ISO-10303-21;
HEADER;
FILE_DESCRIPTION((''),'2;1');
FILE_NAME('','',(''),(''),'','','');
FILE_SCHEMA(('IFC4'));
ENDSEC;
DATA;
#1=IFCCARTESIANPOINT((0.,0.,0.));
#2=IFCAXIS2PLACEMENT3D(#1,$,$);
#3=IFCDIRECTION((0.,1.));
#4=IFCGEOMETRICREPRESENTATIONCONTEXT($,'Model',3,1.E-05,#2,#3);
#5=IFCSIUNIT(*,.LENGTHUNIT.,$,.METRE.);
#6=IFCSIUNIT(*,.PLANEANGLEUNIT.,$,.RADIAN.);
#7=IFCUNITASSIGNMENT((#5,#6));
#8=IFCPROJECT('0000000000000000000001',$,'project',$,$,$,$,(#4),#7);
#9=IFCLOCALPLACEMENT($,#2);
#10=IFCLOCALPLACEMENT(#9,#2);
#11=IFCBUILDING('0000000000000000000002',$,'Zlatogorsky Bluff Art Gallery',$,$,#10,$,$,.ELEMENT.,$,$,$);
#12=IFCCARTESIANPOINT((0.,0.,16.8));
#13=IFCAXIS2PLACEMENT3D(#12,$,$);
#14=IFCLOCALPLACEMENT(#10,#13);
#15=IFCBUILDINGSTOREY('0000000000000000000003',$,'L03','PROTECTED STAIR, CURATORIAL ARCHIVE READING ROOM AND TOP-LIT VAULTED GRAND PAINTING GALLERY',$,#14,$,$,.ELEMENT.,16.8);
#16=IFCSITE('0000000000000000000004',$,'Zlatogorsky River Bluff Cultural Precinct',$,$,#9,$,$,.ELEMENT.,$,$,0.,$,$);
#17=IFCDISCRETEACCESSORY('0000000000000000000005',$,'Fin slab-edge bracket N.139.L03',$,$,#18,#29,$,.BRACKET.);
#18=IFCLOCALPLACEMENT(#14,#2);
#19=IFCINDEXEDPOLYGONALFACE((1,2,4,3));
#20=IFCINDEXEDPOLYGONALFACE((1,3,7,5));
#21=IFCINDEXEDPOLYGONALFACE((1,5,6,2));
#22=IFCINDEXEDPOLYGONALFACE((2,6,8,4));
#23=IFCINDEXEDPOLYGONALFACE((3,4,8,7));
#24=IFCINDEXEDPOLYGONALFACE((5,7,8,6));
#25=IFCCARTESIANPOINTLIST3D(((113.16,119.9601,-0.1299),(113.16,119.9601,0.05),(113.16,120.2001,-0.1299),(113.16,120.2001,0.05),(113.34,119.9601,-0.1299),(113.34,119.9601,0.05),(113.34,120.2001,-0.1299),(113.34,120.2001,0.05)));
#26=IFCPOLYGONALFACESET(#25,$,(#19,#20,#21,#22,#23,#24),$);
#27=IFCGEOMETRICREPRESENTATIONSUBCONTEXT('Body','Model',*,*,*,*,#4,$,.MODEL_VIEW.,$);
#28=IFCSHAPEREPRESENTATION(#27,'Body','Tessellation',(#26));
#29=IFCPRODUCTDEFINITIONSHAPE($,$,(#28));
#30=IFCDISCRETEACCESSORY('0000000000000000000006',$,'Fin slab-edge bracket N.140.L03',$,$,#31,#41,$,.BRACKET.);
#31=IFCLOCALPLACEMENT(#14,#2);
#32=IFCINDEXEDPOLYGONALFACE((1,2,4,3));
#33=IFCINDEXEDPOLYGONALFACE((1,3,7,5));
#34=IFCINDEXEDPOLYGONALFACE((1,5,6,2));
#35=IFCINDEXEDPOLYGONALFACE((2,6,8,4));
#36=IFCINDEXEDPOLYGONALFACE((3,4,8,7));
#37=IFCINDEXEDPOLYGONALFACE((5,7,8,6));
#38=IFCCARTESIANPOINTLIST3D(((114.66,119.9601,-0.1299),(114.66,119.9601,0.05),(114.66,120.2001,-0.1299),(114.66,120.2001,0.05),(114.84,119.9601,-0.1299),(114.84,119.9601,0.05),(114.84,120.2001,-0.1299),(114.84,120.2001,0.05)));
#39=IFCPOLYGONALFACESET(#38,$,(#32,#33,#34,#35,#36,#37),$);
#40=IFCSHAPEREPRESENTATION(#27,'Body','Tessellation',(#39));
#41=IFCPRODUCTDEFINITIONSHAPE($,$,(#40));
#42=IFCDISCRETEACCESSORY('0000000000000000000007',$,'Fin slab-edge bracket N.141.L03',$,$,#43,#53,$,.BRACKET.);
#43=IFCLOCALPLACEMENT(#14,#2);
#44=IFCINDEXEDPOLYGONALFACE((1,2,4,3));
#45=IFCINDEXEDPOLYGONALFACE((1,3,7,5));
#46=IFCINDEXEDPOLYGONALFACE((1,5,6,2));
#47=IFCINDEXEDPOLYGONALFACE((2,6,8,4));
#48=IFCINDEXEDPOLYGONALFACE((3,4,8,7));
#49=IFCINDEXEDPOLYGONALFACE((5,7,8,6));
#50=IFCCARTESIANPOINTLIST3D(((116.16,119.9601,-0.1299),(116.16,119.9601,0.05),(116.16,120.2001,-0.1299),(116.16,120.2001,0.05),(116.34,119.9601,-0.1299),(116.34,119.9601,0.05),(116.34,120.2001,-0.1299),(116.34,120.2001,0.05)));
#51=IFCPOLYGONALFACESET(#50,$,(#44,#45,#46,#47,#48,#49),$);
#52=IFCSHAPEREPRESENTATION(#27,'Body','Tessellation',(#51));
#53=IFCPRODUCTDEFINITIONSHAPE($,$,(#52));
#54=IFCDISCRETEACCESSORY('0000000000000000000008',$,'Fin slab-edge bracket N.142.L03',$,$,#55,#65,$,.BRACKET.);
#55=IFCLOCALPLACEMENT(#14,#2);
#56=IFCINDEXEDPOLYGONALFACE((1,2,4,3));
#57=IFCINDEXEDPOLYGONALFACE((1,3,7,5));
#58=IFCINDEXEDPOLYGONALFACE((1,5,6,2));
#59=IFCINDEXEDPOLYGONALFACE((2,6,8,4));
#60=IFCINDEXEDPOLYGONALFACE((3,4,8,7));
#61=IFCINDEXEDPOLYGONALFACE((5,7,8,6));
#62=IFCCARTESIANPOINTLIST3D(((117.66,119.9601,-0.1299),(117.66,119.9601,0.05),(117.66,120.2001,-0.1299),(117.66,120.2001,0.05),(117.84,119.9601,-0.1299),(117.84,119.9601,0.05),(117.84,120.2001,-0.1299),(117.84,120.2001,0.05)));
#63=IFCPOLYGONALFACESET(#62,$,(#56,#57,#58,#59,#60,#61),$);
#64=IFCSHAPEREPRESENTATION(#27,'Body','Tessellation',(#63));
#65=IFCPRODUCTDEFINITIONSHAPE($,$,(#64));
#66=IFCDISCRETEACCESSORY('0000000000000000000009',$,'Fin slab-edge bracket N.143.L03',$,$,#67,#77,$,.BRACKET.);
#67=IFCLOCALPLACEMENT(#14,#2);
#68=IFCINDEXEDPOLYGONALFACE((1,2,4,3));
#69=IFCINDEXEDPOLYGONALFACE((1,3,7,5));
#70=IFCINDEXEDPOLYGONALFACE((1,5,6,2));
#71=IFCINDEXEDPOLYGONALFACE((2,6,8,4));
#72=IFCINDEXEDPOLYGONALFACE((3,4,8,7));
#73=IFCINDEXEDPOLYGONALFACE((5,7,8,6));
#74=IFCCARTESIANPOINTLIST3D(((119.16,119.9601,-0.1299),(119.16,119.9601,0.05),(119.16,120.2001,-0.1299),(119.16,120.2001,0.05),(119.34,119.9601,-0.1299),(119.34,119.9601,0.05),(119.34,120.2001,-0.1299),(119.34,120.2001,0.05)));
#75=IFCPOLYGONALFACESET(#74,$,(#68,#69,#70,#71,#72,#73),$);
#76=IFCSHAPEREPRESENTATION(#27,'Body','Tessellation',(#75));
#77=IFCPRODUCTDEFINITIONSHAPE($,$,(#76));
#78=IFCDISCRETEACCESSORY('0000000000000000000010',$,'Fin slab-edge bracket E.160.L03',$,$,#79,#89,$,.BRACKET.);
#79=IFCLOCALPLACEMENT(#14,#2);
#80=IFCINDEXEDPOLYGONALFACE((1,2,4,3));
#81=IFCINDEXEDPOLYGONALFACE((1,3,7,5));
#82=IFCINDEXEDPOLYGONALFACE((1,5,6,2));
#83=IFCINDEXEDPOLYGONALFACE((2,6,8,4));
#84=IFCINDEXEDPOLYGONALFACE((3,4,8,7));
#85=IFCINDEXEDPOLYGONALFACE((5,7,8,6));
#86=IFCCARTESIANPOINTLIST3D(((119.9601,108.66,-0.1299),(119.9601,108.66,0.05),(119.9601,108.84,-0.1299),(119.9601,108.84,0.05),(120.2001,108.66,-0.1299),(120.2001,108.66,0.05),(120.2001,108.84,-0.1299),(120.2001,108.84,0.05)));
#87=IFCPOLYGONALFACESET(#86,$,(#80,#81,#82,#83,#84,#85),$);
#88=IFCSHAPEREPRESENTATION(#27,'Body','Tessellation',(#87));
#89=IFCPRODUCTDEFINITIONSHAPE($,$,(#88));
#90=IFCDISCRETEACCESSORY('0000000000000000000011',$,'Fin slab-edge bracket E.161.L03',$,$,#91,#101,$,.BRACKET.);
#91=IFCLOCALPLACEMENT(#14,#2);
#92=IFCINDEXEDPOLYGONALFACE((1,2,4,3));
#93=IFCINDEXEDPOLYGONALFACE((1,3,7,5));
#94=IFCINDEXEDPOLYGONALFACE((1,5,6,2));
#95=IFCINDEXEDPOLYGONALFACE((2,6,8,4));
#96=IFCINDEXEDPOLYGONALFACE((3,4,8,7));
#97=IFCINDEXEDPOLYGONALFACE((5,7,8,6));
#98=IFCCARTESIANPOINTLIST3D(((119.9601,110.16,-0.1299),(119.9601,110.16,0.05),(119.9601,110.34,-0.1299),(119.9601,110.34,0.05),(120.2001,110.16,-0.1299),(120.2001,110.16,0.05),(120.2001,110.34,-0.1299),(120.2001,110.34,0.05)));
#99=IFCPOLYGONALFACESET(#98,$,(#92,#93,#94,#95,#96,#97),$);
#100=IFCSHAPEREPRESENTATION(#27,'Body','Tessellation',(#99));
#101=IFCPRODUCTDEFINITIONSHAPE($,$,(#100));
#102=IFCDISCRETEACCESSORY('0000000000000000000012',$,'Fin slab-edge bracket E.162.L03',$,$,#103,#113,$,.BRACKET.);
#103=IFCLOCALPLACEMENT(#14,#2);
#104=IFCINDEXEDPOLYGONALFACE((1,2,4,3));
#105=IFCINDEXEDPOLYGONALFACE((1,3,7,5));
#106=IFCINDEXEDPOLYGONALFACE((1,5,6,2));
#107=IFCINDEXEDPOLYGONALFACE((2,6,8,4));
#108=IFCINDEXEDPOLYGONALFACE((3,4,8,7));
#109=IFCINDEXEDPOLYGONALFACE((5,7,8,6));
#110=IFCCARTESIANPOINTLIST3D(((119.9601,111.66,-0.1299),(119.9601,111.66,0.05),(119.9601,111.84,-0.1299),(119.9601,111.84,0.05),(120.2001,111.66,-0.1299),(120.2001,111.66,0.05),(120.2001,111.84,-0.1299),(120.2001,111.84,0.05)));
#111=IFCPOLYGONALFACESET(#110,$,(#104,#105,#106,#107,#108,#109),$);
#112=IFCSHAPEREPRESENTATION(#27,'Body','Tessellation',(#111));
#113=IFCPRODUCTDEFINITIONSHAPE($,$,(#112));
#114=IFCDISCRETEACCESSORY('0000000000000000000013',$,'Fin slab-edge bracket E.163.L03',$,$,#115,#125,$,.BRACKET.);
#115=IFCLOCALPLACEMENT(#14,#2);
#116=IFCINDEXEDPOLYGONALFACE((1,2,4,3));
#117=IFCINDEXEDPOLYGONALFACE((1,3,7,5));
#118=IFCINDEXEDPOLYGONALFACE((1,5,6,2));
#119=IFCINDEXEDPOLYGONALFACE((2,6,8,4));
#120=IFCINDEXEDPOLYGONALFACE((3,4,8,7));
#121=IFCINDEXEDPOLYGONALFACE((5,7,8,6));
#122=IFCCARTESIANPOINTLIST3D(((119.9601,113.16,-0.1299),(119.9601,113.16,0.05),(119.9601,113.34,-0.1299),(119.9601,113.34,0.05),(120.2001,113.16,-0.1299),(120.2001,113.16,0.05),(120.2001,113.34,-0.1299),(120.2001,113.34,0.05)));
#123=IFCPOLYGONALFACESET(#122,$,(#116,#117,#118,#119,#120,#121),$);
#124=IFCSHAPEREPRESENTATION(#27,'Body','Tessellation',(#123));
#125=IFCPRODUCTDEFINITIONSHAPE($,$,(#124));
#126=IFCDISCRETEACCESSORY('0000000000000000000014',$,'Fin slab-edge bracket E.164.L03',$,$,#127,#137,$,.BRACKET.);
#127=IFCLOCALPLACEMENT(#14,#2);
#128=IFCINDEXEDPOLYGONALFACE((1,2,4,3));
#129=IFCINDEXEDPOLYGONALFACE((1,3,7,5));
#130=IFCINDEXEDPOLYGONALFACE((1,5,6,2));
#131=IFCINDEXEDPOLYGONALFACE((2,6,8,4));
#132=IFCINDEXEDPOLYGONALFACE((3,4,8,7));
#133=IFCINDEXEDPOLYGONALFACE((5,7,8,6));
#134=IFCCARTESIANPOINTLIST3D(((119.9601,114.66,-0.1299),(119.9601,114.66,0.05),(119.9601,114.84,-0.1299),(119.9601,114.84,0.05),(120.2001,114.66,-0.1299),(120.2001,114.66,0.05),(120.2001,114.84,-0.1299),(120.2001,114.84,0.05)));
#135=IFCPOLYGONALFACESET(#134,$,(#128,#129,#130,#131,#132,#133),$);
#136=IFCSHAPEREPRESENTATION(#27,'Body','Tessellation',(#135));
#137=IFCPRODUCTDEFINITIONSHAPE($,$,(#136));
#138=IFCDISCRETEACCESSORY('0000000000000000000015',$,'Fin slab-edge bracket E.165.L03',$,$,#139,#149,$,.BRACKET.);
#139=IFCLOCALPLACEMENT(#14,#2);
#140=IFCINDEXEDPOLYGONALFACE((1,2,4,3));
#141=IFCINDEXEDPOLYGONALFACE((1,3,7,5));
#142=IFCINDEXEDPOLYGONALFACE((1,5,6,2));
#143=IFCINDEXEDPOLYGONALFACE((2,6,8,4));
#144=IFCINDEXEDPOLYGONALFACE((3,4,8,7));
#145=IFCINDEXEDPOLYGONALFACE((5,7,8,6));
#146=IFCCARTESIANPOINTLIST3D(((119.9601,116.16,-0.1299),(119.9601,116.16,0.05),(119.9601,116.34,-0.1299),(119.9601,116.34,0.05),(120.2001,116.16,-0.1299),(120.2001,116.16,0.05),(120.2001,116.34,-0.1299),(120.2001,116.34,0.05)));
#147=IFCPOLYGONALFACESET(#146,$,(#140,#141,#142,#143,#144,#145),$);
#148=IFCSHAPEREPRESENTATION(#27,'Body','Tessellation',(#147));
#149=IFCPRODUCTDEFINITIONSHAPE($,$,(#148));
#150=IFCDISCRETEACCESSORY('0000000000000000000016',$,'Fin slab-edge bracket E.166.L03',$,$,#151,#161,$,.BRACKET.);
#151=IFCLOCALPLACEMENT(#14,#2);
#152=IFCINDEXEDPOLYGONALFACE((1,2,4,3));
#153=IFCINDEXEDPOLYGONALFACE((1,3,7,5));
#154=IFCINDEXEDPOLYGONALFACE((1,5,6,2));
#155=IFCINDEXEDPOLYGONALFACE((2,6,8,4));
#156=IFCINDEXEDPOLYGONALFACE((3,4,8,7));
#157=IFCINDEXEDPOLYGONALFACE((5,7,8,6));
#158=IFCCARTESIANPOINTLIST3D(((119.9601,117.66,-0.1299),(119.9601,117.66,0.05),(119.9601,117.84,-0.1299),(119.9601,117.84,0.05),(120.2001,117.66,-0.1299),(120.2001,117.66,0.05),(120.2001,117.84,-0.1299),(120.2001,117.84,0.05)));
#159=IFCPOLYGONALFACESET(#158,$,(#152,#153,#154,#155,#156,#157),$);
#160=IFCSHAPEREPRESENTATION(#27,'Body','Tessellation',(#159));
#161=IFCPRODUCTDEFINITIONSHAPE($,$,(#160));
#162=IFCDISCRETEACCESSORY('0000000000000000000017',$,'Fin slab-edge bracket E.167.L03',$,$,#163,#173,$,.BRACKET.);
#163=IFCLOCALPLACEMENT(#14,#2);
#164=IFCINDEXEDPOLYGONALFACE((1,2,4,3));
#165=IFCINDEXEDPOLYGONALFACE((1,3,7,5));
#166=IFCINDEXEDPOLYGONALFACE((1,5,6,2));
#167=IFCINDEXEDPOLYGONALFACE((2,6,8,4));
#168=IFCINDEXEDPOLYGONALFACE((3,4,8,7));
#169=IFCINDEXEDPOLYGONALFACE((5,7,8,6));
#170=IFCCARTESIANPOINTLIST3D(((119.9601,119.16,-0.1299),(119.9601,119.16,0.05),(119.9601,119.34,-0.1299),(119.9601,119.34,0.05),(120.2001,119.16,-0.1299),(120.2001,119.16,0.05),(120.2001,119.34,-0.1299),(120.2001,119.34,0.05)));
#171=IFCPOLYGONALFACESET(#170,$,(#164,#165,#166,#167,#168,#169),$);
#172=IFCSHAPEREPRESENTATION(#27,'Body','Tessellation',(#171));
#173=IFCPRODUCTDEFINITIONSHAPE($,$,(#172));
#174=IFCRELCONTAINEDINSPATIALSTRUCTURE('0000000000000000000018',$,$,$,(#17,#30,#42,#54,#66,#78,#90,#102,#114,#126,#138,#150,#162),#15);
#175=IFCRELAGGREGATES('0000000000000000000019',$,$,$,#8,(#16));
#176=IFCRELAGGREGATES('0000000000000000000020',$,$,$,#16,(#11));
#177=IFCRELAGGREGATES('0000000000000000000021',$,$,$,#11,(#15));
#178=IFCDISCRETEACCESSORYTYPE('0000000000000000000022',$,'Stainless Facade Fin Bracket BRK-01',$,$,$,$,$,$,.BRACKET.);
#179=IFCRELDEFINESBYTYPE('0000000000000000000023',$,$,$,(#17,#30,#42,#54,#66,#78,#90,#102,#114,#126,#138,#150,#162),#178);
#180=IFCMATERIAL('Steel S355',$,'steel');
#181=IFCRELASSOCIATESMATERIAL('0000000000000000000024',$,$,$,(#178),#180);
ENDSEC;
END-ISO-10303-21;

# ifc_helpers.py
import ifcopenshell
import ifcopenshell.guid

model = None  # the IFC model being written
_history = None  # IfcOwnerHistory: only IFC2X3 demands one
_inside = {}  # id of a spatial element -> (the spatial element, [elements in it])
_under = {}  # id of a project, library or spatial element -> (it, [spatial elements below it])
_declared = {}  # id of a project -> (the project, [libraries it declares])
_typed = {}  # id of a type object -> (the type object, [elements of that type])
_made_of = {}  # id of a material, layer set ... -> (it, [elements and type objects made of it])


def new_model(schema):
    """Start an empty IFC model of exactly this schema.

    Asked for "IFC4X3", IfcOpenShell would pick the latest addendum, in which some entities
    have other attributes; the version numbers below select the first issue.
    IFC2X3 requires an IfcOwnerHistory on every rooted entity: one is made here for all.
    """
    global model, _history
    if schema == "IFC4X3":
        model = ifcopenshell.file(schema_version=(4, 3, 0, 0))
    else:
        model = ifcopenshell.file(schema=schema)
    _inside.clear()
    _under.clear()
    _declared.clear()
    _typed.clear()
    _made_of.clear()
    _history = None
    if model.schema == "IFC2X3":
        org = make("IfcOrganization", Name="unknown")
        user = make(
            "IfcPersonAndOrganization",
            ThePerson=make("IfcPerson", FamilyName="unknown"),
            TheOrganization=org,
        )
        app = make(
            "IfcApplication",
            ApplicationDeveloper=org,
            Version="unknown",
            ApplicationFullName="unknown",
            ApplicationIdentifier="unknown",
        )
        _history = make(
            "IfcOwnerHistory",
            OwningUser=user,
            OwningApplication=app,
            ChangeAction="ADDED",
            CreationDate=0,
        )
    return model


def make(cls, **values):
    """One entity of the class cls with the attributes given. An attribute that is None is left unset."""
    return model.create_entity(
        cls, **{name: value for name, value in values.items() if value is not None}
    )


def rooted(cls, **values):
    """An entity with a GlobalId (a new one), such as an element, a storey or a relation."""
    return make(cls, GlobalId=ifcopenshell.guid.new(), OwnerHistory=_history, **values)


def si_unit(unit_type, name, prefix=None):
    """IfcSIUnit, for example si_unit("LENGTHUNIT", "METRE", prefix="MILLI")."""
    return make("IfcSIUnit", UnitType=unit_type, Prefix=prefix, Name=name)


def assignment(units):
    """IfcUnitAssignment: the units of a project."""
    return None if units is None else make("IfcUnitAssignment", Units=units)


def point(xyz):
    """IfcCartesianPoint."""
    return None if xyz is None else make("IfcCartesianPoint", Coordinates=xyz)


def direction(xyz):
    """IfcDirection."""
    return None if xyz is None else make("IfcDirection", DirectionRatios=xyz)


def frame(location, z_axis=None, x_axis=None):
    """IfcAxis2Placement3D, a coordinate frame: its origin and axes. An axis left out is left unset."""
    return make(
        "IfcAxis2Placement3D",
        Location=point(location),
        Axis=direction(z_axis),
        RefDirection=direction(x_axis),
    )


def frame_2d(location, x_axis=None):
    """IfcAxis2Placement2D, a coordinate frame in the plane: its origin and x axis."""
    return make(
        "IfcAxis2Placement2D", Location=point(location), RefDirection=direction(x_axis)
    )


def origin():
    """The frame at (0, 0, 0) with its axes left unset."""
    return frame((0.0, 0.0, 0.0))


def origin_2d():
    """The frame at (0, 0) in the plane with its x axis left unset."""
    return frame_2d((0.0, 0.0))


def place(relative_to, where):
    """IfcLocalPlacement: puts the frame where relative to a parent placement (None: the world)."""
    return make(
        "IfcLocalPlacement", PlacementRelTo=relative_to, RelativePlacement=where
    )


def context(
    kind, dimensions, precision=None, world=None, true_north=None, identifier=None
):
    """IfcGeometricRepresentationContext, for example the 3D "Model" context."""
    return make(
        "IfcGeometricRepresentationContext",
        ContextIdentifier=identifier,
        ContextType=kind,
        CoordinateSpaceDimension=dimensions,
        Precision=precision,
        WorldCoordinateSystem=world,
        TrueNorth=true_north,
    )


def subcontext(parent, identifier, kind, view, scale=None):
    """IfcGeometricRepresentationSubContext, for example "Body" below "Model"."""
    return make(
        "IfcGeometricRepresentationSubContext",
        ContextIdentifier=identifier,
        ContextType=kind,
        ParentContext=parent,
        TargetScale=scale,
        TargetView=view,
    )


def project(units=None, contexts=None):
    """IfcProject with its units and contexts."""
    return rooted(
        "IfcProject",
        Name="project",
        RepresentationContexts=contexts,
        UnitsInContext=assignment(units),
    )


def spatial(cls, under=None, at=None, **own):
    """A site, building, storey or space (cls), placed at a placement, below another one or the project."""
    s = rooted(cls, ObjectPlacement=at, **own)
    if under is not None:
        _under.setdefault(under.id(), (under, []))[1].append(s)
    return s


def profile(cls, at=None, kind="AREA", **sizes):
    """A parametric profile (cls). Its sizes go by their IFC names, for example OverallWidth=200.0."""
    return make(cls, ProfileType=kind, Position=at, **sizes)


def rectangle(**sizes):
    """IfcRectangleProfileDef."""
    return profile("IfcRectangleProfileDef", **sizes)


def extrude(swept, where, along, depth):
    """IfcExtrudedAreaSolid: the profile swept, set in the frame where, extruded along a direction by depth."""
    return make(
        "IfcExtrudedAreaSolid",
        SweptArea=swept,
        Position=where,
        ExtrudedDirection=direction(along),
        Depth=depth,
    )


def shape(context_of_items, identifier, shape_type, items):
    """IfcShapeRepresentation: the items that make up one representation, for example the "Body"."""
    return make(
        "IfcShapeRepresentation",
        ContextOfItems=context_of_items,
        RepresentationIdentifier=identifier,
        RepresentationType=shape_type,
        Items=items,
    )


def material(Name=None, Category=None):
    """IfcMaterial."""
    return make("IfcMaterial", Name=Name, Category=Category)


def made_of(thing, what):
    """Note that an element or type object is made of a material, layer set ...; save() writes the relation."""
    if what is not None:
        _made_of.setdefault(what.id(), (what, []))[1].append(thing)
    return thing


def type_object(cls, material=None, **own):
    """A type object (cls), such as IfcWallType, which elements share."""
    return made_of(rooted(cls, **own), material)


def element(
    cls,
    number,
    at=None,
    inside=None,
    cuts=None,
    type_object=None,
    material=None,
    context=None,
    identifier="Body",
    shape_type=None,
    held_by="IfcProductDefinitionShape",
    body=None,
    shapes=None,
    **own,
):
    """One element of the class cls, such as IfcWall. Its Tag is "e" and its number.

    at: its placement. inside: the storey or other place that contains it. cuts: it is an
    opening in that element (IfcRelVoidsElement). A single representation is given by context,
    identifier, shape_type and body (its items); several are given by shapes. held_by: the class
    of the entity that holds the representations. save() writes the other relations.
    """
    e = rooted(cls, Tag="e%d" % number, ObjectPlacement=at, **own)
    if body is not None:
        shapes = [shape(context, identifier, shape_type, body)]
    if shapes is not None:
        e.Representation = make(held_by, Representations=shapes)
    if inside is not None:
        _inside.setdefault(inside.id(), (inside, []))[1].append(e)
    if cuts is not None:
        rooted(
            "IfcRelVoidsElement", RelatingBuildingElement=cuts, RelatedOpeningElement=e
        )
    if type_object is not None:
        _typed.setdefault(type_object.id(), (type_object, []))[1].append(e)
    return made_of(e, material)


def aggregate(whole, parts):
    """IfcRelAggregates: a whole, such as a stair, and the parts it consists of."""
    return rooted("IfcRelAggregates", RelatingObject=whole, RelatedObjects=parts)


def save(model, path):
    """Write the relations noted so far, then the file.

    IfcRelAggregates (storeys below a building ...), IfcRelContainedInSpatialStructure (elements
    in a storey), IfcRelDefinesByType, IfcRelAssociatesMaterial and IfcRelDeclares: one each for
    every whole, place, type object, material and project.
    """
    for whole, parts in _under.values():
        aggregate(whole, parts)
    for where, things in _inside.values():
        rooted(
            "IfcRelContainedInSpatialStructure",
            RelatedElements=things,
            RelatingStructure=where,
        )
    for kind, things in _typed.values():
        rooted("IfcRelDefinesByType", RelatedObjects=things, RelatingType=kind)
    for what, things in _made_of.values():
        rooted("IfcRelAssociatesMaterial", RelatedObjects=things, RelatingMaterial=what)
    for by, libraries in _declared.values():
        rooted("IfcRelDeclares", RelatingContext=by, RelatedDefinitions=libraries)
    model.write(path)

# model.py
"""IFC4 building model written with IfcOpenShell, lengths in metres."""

from ifc_helpers import new_model, si_unit, direction, frame, origin, origin_2d, place, context, subcontext, project, spatial, rectangle, extrude, material, type_object, element, save


model = new_model("IFC4")

# Units and contexts
model_context = context("Model", 3, precision=1e-05, world=origin(), true_north=direction((0.0, 1.0)))
body_context = subcontext(model_context, "Body", "Model", "MODEL_VIEW")
ifc_project = project(units=[si_unit("LENGTHUNIT", "METRE"), si_unit("PLANEANGLEUNIT", "RADIAN")], contexts=[model_context])

# Site, building, storey
site_placement = place(None, origin())
site = spatial("IfcSite", under=ifc_project, at=site_placement, Name="Zlatogorsky River Bluff Cultural Precinct", CompositionType="ELEMENT", RefElevation=0.0)
building_placement = place(site_placement, origin())
building = spatial("IfcBuilding", under=site, at=building_placement, Name="Zlatogorsky Bluff Art Gallery", CompositionType="ELEMENT")
storey_placement = place(building_placement, frame((0.0, 0.0, 16.8)))
storey = spatial("IfcBuildingStorey", under=building, at=storey_placement, Name="L03", Description="PROTECTED STAIR, CURATORIAL ARCHIVE READING ROOM AND TOP-LIT VAULTED GRAND PAINTING GALLERY", CompositionType="ELEMENT", Elevation=16.8)

# Shared definitions
ifc_material_1 = material(Name="Steel S355", Category="steel")

# Discrete accessories
discrete_accessory_type = type_object("IfcDiscreteAccessoryType", Name="Stainless Facade Fin Bracket BRK-01", PredefinedType="BRACKET", material=ifc_material_1)
for number, where, z_axis, x_axis, name in (
    (1, (113.25, 120.0801, -0.1299), (0.0, 0.0, 1.0), (1.0, 0.0, 0.0), "Fin slab-edge bracket N.139.L03"),
    (2, (114.75, 120.0801, -0.1299), (0.0, 0.0, 1.0), (1.0, 0.0, 0.0), "Fin slab-edge bracket N.140.L03"),
    (3, (116.25, 120.0801, -0.1299), (0.0, 0.0, 1.0), (1.0, 0.0, 0.0), "Fin slab-edge bracket N.141.L03"),
    (4, (117.75, 120.0801, -0.1299), (0.0, 0.0, 1.0), (1.0, 0.0, 0.0), "Fin slab-edge bracket N.142.L03"),
    (5, (119.25, 120.0801, -0.1299), (0.0, 0.0, 1.0), (1.0, 0.0, 0.0), "Fin slab-edge bracket N.143.L03"),
):
    element("IfcDiscreteAccessory", number, at=place(storey_placement, frame(where, z_axis=z_axis, x_axis=x_axis)), inside=storey, type_object=discrete_accessory_type, Name=name, PredefinedType="BRACKET", context=body_context, shape_type="SweptSolid", body=[
        extrude(rectangle(XDim=0.1799, YDim=0.24, at=origin_2d()), origin(), (0.0, 0.0, 1.0), 0.1799),
    ])
for number, where, z_axis, x_axis, name in (
    (6, (120.0801, 108.75, -0.1299), (0.0, 0.0, 1.0), (1.0, 0.0, 0.0), "Fin slab-edge bracket E.160.L03"),
    (7, (120.0801, 110.25, -0.1299), (0.0, 0.0, 1.0), (1.0, 0.0, 0.0), "Fin slab-edge bracket E.161.L03"),
    (8, (120.0801, 111.75, -0.1299), (0.0, 0.0, 1.0), (1.0, 0.0, 0.0), "Fin slab-edge bracket E.162.L03"),
    (9, (120.0801, 113.25, -0.1299), (0.0, 0.0, 1.0), (1.0, 0.0, 0.0), "Fin slab-edge bracket E.163.L03"),
    (10, (120.0801, 114.75, -0.1299), (0.0, 0.0, 1.0), (1.0, 0.0, 0.0), "Fin slab-edge bracket E.164.L03"),
    (11, (120.0801, 116.25, -0.1299), (0.0, 0.0, 1.0), (1.0, 0.0, 0.0), "Fin slab-edge bracket E.165.L03"),
    (12, (120.0801, 117.75, -0.1299), (0.0, 0.0, 1.0), (1.0, 0.0, 0.0), "Fin slab-edge bracket E.166.L03"),
    (13, (120.0801, 119.25, -0.1299), (0.0, 0.0, 1.0), (1.0, 0.0, 0.0), "Fin slab-edge bracket E.167.L03"),
):
    element("IfcDiscreteAccessory", number, at=place(storey_placement, frame(where, z_axis=z_axis, x_axis=x_axis)), inside=storey, type_object=discrete_accessory_type, Name=name, PredefinedType="BRACKET", context=body_context, shape_type="SweptSolid", body=[
        extrude(rectangle(XDim=0.24, YDim=0.1799, at=origin_2d()), origin(), (0.0, 0.0, 1.0), 0.1799),
    ])

save(model, "model.ifc")
